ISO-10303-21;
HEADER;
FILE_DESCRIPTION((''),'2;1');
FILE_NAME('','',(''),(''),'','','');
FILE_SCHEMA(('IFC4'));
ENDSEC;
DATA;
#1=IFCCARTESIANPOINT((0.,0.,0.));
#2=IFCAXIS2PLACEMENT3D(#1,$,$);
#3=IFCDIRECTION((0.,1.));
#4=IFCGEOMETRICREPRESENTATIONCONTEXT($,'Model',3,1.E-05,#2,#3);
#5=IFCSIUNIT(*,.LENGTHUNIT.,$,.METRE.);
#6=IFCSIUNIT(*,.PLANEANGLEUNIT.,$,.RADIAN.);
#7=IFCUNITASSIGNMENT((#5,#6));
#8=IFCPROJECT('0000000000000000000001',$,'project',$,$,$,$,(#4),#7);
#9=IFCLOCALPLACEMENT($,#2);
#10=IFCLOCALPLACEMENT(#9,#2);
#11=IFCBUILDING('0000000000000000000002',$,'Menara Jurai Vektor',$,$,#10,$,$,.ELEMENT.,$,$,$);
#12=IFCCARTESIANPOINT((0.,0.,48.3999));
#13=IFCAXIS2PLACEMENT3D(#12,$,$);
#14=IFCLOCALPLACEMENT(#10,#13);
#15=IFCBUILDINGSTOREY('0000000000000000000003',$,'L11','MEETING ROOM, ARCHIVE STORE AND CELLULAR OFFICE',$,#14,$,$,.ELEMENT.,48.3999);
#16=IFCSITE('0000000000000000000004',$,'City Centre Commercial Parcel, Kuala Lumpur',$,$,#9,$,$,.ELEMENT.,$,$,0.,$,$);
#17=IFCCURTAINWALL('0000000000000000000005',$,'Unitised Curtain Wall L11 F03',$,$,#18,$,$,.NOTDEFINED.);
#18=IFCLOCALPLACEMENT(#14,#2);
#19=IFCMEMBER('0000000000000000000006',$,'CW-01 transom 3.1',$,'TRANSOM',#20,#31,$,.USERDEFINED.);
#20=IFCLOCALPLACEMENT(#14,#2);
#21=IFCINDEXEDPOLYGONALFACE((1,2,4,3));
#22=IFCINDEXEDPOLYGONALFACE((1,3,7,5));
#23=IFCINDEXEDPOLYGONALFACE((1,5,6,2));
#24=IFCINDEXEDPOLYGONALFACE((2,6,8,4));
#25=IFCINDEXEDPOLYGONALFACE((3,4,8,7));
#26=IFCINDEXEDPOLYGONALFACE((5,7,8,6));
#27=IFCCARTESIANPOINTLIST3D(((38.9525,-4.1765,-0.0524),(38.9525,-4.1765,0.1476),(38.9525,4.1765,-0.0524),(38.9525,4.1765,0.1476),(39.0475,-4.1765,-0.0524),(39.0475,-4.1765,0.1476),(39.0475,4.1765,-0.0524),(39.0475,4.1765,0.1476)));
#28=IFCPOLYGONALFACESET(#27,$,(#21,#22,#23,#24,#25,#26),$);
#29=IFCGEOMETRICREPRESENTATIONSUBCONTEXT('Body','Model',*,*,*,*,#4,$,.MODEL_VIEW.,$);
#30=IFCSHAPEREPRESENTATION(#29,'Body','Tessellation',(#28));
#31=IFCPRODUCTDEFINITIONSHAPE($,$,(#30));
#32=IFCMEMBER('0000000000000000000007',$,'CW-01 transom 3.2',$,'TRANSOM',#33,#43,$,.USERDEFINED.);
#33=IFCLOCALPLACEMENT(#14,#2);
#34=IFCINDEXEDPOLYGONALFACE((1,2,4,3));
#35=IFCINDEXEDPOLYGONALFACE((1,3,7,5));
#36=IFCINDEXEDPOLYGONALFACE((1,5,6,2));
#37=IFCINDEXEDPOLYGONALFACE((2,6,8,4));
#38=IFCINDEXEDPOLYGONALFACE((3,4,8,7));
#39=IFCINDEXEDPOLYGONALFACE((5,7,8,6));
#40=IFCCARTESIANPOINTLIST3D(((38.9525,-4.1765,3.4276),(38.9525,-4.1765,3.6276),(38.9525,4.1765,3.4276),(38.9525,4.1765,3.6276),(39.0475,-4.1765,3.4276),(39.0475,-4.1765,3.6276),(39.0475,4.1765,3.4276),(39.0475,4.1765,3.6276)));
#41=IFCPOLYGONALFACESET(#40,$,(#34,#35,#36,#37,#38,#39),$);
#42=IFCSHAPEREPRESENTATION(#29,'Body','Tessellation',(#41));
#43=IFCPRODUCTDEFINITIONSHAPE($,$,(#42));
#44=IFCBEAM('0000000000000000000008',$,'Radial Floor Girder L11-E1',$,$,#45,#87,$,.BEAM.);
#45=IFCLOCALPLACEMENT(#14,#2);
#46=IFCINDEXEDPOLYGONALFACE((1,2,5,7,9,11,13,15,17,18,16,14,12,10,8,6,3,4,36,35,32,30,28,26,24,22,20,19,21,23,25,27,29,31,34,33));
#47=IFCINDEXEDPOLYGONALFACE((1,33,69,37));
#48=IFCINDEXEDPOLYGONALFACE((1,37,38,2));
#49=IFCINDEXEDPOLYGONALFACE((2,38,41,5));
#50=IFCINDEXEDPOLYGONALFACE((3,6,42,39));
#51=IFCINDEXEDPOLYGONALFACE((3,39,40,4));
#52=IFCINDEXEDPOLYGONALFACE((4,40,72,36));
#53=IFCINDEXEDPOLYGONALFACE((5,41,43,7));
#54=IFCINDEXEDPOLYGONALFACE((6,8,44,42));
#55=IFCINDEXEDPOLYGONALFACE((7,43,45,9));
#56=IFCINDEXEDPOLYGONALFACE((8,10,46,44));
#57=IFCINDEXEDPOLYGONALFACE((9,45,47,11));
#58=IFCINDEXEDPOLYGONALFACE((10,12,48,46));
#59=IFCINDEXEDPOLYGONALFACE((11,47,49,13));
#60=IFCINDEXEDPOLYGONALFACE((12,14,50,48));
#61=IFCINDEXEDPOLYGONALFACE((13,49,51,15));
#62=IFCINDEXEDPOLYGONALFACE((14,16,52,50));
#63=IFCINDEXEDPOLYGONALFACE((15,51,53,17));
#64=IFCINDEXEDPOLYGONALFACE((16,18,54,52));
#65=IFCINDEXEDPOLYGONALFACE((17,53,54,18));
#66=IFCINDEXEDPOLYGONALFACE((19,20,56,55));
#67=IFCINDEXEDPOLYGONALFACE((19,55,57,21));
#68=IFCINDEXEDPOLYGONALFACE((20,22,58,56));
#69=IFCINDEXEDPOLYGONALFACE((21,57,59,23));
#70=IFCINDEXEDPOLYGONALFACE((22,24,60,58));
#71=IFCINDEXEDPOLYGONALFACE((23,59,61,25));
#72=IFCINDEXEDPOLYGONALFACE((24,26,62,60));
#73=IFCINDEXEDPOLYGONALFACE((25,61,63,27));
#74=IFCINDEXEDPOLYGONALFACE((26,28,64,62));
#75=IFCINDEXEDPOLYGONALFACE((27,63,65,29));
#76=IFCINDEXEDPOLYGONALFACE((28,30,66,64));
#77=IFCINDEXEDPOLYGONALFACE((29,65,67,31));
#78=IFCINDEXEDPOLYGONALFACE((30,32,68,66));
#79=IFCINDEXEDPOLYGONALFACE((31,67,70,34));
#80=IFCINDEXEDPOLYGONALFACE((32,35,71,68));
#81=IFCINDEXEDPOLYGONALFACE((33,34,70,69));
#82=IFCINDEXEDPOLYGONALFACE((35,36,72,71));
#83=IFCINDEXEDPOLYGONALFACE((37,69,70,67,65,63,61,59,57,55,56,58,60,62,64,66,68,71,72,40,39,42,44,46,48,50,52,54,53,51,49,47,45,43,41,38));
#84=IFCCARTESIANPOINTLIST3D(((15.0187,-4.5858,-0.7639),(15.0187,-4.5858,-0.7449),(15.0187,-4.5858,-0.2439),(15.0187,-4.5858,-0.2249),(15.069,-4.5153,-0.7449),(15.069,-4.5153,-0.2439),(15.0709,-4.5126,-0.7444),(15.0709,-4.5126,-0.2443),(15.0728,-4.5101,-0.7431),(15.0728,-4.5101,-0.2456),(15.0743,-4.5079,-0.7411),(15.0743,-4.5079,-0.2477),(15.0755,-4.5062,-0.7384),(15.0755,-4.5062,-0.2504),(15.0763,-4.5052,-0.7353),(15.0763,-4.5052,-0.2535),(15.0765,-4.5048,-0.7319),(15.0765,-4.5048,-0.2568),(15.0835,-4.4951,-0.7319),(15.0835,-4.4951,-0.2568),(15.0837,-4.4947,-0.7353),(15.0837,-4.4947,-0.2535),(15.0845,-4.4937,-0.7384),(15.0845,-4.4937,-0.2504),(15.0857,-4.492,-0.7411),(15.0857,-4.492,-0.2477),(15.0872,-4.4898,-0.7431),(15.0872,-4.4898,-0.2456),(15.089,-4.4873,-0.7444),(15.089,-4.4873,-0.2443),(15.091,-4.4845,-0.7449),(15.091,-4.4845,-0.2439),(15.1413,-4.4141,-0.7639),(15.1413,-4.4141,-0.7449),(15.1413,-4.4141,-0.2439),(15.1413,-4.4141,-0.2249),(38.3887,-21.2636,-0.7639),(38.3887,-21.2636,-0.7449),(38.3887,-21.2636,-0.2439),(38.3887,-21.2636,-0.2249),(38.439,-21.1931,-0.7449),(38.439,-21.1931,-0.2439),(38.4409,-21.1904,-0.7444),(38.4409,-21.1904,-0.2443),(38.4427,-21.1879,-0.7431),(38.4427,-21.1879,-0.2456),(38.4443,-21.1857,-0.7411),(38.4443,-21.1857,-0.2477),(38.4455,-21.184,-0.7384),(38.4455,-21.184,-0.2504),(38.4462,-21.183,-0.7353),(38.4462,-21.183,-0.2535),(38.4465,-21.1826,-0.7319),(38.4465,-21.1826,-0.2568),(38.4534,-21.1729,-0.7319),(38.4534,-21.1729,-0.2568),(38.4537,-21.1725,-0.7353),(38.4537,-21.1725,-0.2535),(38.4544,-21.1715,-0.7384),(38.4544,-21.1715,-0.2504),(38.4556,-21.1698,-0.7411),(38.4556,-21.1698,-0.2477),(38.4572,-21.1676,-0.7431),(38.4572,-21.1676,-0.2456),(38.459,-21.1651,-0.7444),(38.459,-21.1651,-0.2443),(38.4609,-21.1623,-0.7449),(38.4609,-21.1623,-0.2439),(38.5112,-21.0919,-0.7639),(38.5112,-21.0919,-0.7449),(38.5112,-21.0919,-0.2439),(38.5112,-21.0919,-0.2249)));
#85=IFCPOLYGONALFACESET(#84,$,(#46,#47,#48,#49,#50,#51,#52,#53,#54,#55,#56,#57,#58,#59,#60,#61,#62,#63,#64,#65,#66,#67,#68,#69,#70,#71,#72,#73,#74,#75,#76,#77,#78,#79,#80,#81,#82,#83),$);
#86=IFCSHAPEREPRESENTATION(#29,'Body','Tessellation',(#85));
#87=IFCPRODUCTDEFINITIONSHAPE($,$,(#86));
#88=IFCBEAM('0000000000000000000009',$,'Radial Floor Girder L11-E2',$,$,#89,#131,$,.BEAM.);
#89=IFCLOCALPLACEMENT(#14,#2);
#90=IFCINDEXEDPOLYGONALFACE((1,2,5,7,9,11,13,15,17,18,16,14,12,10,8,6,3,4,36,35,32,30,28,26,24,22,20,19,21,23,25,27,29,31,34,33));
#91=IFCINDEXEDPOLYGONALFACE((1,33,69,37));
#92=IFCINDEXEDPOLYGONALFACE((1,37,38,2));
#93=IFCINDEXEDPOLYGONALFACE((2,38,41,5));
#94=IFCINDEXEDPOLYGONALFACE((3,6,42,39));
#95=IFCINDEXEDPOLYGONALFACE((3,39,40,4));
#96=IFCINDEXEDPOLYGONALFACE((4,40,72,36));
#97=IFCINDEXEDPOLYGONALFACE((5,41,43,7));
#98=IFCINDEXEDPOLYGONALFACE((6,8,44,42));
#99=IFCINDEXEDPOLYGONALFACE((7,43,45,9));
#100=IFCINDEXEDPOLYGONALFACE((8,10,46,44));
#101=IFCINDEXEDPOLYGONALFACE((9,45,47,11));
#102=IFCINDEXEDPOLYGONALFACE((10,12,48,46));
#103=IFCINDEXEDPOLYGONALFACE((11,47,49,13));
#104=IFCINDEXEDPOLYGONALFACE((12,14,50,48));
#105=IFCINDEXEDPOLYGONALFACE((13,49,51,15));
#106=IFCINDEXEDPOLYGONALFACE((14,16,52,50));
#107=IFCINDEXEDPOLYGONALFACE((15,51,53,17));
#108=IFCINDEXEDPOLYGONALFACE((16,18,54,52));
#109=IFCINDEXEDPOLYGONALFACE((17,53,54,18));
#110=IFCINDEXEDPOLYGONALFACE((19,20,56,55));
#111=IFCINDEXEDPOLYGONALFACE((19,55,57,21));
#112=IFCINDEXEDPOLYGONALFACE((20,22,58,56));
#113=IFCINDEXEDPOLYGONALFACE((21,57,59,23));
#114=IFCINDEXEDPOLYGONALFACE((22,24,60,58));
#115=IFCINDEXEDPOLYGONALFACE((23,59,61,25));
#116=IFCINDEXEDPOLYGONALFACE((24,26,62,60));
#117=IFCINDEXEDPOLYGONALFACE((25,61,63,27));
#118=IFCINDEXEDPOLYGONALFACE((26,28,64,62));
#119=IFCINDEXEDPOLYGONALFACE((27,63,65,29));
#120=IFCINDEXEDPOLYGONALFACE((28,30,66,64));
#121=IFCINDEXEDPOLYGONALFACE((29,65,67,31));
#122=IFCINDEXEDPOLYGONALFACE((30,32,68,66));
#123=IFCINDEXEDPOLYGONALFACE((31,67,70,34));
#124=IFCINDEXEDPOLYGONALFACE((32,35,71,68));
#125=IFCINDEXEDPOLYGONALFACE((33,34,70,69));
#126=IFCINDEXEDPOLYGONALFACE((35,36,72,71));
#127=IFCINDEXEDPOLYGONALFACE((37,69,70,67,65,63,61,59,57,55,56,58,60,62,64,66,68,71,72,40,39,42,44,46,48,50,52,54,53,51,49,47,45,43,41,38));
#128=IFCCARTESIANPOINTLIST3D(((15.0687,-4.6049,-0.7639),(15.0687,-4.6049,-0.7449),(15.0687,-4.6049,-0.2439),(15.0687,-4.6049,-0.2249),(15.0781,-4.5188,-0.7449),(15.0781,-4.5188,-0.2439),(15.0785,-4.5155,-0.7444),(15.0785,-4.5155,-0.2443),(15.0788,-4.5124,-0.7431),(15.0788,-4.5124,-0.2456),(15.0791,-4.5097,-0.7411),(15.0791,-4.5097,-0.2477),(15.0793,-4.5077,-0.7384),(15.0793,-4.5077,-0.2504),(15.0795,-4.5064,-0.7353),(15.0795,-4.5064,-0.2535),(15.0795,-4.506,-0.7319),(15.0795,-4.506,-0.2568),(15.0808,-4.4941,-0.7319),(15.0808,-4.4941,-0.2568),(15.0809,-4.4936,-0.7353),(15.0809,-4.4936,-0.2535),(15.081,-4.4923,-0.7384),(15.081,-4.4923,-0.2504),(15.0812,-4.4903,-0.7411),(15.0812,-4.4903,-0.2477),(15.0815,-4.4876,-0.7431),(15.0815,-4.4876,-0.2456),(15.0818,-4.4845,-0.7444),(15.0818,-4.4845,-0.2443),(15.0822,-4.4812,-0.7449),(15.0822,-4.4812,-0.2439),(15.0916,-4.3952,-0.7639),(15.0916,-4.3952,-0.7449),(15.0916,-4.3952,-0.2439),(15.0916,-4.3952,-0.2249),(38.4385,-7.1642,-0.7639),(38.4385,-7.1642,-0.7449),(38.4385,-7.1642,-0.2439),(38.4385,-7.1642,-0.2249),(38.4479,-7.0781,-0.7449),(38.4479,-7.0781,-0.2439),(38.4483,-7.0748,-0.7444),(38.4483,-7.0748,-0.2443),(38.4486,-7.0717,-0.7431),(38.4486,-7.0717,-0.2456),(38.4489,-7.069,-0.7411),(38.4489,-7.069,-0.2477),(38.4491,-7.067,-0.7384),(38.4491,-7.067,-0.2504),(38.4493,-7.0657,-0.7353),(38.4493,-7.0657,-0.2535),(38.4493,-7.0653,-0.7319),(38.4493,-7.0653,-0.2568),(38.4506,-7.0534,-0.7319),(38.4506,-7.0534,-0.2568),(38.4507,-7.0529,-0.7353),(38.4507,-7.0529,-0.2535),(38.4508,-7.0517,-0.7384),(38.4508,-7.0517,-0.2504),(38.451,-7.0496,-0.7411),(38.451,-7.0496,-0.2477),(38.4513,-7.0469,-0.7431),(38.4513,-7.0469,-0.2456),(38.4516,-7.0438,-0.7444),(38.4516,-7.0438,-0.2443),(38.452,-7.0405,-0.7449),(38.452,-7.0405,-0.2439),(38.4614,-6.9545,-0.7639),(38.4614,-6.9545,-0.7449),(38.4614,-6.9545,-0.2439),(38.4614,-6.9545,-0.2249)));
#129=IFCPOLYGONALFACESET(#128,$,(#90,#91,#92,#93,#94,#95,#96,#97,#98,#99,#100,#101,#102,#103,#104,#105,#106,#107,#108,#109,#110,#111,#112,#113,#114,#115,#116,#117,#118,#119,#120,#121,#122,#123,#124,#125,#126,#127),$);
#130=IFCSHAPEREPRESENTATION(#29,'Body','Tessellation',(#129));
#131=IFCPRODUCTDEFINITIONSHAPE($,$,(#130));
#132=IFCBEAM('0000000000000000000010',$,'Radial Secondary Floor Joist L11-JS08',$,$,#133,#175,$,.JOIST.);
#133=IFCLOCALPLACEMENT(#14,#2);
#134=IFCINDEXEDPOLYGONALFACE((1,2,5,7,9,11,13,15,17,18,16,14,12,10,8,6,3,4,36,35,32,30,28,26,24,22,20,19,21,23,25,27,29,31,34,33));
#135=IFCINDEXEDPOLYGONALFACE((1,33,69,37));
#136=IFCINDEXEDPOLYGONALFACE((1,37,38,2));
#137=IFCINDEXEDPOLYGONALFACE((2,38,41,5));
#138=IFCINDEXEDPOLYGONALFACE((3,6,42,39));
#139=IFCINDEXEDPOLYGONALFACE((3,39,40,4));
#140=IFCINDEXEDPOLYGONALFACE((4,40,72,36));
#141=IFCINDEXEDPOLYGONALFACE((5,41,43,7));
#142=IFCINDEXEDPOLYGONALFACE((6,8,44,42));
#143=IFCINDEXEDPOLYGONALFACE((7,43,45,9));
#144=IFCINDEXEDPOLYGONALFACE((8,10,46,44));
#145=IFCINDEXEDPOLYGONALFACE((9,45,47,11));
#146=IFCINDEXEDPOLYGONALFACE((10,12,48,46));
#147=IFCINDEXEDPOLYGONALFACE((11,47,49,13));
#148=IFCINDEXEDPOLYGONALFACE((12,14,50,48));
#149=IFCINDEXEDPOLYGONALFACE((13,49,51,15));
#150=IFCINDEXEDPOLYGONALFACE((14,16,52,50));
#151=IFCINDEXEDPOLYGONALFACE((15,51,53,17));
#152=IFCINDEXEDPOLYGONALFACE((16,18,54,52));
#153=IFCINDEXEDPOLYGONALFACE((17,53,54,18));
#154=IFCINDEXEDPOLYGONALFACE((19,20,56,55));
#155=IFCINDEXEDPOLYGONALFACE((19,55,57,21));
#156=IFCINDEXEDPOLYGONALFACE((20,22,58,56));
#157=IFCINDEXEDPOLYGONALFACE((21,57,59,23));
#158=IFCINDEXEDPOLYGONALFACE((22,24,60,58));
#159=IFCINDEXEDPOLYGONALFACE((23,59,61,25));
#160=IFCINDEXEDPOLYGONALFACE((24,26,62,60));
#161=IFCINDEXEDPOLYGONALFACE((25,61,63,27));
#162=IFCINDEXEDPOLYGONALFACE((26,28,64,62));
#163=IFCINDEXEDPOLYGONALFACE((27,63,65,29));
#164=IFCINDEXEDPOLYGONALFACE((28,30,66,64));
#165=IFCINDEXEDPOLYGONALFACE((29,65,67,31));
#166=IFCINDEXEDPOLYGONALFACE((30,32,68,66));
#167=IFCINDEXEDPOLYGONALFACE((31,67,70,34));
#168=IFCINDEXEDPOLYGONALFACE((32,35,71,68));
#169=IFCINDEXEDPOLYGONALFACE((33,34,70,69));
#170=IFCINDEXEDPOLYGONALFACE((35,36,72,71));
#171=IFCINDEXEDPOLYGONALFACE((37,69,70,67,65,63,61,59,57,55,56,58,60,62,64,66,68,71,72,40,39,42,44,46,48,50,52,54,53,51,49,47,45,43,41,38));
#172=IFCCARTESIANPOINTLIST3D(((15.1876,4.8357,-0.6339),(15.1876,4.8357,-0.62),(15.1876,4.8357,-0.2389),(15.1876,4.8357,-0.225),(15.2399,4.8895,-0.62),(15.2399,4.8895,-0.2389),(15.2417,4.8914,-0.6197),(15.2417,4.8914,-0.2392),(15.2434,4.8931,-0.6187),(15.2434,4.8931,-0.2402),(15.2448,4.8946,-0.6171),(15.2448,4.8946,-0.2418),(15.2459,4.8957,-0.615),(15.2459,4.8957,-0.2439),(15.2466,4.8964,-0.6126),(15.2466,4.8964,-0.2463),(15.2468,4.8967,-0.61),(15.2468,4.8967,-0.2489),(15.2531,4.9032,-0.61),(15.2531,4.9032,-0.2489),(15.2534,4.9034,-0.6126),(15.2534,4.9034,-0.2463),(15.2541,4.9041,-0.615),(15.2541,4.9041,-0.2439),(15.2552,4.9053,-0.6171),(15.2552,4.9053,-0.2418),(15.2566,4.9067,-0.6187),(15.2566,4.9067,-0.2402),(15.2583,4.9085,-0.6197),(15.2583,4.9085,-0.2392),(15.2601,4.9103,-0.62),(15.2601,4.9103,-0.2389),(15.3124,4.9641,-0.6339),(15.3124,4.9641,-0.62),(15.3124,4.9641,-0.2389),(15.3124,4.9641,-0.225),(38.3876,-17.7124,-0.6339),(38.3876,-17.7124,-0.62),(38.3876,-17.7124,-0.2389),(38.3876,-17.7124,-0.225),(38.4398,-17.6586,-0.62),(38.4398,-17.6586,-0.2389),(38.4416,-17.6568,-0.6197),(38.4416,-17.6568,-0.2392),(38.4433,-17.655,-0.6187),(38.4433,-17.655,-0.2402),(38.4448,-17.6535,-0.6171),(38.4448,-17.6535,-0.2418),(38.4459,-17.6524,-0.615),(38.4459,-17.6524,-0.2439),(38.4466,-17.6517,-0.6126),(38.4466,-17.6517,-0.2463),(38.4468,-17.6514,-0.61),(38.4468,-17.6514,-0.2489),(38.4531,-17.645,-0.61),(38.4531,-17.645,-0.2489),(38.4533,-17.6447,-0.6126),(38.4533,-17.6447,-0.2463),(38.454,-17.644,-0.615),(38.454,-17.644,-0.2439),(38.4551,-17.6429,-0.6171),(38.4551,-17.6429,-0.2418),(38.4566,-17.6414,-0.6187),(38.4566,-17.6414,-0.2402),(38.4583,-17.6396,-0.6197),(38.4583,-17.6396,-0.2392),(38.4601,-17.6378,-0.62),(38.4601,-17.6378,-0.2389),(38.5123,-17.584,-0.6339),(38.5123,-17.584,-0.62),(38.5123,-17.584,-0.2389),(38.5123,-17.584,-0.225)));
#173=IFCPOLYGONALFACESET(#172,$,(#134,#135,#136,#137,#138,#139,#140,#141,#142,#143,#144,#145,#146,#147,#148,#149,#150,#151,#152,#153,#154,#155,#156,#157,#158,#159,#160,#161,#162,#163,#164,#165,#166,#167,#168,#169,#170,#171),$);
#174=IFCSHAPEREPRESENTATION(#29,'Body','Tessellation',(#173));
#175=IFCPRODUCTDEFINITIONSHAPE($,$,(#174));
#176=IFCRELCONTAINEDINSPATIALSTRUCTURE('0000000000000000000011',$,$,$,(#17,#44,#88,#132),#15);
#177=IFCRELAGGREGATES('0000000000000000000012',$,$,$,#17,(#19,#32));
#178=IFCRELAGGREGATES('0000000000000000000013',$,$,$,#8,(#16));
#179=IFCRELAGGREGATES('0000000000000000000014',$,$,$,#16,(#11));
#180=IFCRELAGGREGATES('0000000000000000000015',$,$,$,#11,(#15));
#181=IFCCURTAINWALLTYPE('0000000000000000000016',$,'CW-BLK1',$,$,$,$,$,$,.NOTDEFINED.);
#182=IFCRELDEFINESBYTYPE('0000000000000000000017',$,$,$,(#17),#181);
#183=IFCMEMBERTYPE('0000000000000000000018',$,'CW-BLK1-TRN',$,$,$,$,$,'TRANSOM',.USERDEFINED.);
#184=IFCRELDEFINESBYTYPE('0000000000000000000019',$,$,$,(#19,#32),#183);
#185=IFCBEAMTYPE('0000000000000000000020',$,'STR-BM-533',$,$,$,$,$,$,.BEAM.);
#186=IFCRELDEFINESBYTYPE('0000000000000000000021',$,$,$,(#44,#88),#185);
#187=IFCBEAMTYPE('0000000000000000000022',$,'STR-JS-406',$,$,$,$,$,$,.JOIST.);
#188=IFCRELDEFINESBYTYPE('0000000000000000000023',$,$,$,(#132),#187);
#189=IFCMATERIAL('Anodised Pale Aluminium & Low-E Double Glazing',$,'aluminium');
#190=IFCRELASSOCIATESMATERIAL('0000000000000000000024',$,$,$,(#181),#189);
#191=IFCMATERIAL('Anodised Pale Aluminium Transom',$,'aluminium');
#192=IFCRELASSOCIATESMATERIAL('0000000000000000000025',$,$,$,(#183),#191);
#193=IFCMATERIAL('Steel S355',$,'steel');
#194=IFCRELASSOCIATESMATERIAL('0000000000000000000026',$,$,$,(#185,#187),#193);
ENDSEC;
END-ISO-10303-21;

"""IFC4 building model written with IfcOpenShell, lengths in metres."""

from ifc_helpers import new_model, si_unit, direction, frame, origin, origin_2d, place, context, subcontext, project, spatial, rectangle, i_section, extrude, material, material_profile, profile_set, type_object, element, aggregate, save


model = new_model("IFC4")

# Units and contexts
model_context = context("Model", 3, precision=1e-05, world=origin(), true_north=direction((0.0, 1.0)))
body_context = subcontext(model_context, "Body", "Model", "MODEL_VIEW")
ifc_project = project(units=[si_unit("LENGTHUNIT", "METRE"), si_unit("PLANEANGLEUNIT", "RADIAN")], contexts=[model_context])

# Site, building, storey
site_placement = place(None, origin())
site = spatial("IfcSite", under=ifc_project, at=site_placement, Name="City Centre Commercial Parcel, Kuala Lumpur", CompositionType="ELEMENT", RefElevation=0.0)
building_placement = place(site_placement, origin())
building = spatial("IfcBuilding", under=site, at=building_placement, Name="Menara Jurai Vektor", CompositionType="ELEMENT")
storey_placement = place(building_placement, frame((0.0, 0.0, 48.3999)))
storey = spatial("IfcBuildingStorey", under=building, at=storey_placement, Name="L11", Description="MEETING ROOM, ARCHIVE STORE AND CELLULAR OFFICE", CompositionType="ELEMENT", Elevation=48.3999)

# Curtain wall, members
ifc_material_1 = material(Name="Anodised Pale Aluminium & Low-E Double Glazing", Category="aluminium")
curtain_wall_type = type_object("IfcCurtainWallType", Name="CW-BLK1", PredefinedType="NOTDEFINED", material=ifc_material_1)
curtain_wall_placement = place(storey_placement, origin())
curtain_wall = element("IfcCurtainWall", 1, at=curtain_wall_placement, inside=storey, type_object=curtain_wall_type, Name="Unitised Curtain Wall L11 F03", PredefinedType="NOTDEFINED")
ifc_material_2 = material(Name="Anodised Pale Aluminium Transom", Category="aluminium")
ifc_material_profile_1 = material_profile(ifc_material_2, rectangle(XDim=0.095, YDim=0.2, at=origin_2d()), Name="ALU TRN 95x200")
ifc_profile_set_1 = profile_set([ifc_material_profile_1], Name="Anodised Pale Aluminium Transom")
member_type_1 = type_object("IfcMemberType", Name="CW-BLK1-TRN", ElementType="TRANSOM", PredefinedType="USERDEFINED", material=ifc_profile_set_1)
member_1_placement = place(storey_placement, frame((39.0, -4.1765, 0.0476), z_axis=(0.0, 1.0, 0.0), x_axis=(-1.0, 0.0, 0.0)))
member_1 = element("IfcMember", 2, at=member_1_placement, type_object=member_type_1, Name="CW-01 transom 3.1", ObjectType="TRANSOM", PredefinedType="USERDEFINED", context=body_context, shape_type="SweptSolid", body=[
    extrude(rectangle(XDim=0.095, YDim=0.2, at=origin_2d()), origin(), (0.0, 0.0, 1.0), 8.353),
])
member_2_placement = place(storey_placement, frame((39.0, -4.1765, 3.5276), z_axis=(0.0, 1.0, 0.0), x_axis=(-1.0, 0.0, 0.0)))
member_2 = element("IfcMember", 3, at=member_2_placement, type_object=member_type_1, Name="CW-01 transom 3.2", ObjectType="TRANSOM", PredefinedType="USERDEFINED", context=body_context, shape_type="SweptSolid", body=[
    extrude(rectangle(XDim=0.095, YDim=0.2, at=origin_2d()), origin(), (0.0, 0.0, 1.0), 8.353),
])

# Beams
ifc_material_3 = material(Name="Steel S355", Category="steel")
ifc_material_profile_2 = material_profile(ifc_material_3, i_section(OverallWidth=0.2109, OverallDepth=0.5391, WebThickness=0.012, FlangeThickness=0.019, FilletRadius=0.0129, at=origin_2d()), Name="UKB 533x210x109")
ifc_profile_set_2 = profile_set([ifc_material_profile_2], Name="Steel S355")
beam_type_1 = type_object("IfcBeamType", Name="STR-BM-533", PredefinedType="BEAM", material=ifc_profile_set_2)
beam_1_placement = place(storey_placement, frame((38.45, -21.1777, -0.4944), z_axis=(-0.813981, 0.580891, 0.0), x_axis=(-0.580891, -0.813981, 0.0)))
element("IfcBeam", 4, at=beam_1_placement, inside=storey, type_object=beam_type_1, Name="Radial Floor Girder L11-E1", PredefinedType="BEAM", context=body_context, shape_type="SweptSolid", body=[
    extrude(i_section(OverallWidth=0.2109, OverallDepth=0.5391, WebThickness=0.012, FlangeThickness=0.019, FilletRadius=0.0129, at=origin_2d()), origin(), (0.0, 0.0, 1.0), 28.7107),
])
beam_2_placement = place(storey_placement, frame((38.45, -7.0593, -0.4944), z_axis=(-0.994057, 0.108863, 0.0), x_axis=(-0.108863, -0.994057, 0.0)))
element("IfcBeam", 5, at=beam_2_placement, inside=storey, type_object=beam_type_1, Name="Radial Floor Girder L11-E2", PredefinedType="BEAM", context=body_context, shape_type="SweptSolid", body=[
    extrude(i_section(OverallWidth=0.2109, OverallDepth=0.5391, WebThickness=0.012, FlangeThickness=0.019, FilletRadius=0.0129, at=origin_2d()), origin(), (0.0, 0.0, 1.0), 23.5095),
])
ifc_material_profile_3 = material_profile(ifc_material_3, i_section(OverallWidth=0.179, OverallDepth=0.4089, WebThickness=0.009, FlangeThickness=0.0139, FilletRadius=0.01, at=origin_2d()), Name="UKB 406x178x67")
ifc_profile_set_3 = profile_set([ifc_material_profile_3], Name="Steel S355")
beam_type_2 = type_object("IfcBeamType", Name="STR-JS-406", PredefinedType="JOIST", material=ifc_profile_set_3)
beam_3_placement = place(storey_placement, frame((38.45, -17.6482, -0.4294), z_axis=(-0.717109, 0.696961, 0.0), x_axis=(-0.696961, -0.717109, 0.0)))
element("IfcBeam", 6, at=beam_3_placement, inside=storey, type_object=beam_type_2, Name="Radial Secondary Floor Joist L11-JS08", PredefinedType="JOIST", context=body_context, shape_type="SweptSolid", body=[
    extrude(i_section(OverallWidth=0.179, OverallDepth=0.4089, WebThickness=0.009, FlangeThickness=0.0139, FilletRadius=0.01, at=origin_2d()), origin(), (0.0, 0.0, 1.0), 32.3521),
])

aggregate(curtain_wall, [member_1, member_2])

save(model, "model.ifc")
